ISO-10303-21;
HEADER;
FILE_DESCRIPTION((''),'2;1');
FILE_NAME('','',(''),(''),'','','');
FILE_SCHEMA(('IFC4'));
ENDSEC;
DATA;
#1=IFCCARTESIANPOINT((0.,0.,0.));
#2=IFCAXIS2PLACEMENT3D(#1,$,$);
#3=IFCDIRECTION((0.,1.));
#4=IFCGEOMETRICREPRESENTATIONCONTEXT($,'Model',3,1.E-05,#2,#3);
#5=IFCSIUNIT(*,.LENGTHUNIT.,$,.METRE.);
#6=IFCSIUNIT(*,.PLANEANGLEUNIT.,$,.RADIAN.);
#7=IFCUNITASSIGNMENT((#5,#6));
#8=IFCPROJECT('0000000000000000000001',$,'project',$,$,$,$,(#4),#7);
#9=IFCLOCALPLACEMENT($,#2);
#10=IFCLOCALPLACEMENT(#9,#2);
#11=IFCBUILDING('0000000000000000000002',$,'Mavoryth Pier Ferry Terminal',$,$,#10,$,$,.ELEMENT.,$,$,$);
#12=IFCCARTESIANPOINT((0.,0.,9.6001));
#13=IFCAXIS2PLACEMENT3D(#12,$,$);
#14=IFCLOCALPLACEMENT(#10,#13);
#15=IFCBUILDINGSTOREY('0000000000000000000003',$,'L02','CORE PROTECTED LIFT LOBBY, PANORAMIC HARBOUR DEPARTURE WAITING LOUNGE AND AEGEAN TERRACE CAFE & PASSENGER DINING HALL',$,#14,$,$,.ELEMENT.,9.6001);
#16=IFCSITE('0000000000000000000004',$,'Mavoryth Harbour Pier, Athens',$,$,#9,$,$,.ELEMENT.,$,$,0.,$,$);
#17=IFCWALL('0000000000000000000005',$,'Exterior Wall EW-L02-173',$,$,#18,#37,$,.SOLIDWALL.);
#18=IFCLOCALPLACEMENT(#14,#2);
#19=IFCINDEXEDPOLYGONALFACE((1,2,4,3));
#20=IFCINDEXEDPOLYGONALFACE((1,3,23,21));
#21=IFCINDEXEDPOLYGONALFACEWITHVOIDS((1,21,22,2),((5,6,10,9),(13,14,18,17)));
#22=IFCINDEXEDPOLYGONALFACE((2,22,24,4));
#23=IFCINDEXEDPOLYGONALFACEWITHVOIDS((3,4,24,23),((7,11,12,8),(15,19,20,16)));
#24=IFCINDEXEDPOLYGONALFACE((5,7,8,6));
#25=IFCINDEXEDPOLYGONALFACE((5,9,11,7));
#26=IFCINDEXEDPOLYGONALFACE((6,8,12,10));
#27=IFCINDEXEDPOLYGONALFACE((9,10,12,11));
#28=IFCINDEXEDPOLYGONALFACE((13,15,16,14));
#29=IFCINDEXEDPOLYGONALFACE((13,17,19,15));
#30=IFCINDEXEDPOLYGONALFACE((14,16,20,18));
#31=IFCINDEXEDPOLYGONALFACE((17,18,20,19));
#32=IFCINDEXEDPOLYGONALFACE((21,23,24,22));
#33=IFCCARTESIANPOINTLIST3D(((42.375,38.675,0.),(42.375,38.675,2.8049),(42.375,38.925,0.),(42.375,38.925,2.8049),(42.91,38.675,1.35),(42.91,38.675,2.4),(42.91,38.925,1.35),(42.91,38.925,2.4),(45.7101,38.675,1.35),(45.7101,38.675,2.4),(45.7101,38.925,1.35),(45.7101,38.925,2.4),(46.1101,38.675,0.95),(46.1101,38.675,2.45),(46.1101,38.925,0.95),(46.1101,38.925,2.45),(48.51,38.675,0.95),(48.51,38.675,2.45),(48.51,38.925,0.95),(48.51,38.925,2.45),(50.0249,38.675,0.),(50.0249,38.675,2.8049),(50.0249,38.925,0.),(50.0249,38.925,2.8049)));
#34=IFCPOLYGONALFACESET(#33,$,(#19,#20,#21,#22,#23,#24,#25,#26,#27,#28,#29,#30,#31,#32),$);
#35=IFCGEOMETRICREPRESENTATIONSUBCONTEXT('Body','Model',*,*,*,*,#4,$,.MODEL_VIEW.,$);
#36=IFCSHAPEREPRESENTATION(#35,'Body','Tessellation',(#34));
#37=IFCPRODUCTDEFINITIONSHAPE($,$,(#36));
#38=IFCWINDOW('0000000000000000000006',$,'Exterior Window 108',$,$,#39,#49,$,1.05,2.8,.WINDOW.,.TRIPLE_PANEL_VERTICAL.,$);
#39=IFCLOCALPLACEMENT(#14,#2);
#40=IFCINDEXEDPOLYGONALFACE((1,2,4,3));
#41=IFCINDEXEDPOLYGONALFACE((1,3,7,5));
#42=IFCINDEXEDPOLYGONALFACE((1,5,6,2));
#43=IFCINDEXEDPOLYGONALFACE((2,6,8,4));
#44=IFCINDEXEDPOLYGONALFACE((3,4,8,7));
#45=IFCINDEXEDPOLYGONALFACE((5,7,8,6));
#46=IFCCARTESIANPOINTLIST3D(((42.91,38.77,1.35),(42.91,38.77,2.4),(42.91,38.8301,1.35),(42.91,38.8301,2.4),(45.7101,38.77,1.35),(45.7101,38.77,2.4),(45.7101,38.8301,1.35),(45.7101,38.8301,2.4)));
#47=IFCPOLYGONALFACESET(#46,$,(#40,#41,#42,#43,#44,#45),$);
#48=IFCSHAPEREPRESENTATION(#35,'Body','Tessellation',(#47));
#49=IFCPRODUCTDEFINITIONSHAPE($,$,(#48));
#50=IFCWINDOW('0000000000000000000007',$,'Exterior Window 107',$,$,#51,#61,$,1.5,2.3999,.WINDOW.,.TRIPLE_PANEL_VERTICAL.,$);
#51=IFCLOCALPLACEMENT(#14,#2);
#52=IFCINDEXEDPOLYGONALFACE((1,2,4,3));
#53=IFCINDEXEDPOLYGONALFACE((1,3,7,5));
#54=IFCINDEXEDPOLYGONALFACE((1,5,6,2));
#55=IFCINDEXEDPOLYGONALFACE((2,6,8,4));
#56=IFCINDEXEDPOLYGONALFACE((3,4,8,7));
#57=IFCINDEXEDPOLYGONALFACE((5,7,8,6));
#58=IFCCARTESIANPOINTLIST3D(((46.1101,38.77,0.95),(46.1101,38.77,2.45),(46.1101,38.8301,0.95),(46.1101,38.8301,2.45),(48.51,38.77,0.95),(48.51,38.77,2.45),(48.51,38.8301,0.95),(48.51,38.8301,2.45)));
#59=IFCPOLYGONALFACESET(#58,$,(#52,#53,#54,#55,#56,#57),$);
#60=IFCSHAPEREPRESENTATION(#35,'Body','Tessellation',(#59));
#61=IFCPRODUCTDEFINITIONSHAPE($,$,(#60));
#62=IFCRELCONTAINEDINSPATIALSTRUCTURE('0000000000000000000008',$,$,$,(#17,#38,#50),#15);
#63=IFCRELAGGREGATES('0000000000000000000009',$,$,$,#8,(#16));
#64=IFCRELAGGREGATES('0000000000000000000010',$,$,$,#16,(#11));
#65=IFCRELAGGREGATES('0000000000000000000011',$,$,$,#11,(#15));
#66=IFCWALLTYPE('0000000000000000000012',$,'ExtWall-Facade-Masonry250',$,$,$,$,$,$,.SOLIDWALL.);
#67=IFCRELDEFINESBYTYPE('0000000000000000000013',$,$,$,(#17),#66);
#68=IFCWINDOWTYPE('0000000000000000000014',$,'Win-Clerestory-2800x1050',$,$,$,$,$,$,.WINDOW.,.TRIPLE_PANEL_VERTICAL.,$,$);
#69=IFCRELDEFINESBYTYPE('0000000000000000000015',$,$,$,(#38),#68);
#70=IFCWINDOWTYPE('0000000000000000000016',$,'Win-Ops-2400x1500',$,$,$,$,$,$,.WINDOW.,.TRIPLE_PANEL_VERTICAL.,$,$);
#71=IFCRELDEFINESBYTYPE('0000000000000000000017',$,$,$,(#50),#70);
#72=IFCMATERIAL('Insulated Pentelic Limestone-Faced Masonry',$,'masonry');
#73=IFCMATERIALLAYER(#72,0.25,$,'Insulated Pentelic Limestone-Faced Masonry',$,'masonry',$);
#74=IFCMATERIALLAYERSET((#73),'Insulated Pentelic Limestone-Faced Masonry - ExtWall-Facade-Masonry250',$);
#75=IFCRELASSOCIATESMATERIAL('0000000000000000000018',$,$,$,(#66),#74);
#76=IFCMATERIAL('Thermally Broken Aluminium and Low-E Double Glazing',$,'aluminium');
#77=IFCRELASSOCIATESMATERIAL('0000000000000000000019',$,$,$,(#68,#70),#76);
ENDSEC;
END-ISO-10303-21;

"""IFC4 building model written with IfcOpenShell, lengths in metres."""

from ifc_helpers import new_model, si_unit, direction, frame, frame_2d, origin, place, context, subcontext, project, spatial, rectangle, extrude, material, layer, layer_set, type_object, element, fill, save


model = new_model("IFC4")

# Units and contexts
model_context = context("Model", 3, precision=1e-05, world=origin(), true_north=direction((0.0, 1.0)))
body_context = subcontext(model_context, "Body", "Model", "MODEL_VIEW")
ifc_project = project(units=[si_unit("LENGTHUNIT", "METRE"), si_unit("PLANEANGLEUNIT", "RADIAN")], contexts=[model_context])

# Site, building, storey
site_placement = place(None, origin())
site = spatial("IfcSite", under=ifc_project, at=site_placement, Name="Mavoryth Harbour Pier, Athens", CompositionType="ELEMENT", RefElevation=0.0)
building_placement = place(site_placement, origin())
building = spatial("IfcBuilding", under=site, at=building_placement, Name="Mavoryth Pier Ferry Terminal", CompositionType="ELEMENT")
storey_placement = place(building_placement, frame((0.0, 0.0, 9.6001)))
storey = spatial("IfcBuildingStorey", under=building, at=storey_placement, Name="L02", Description="CORE PROTECTED LIFT LOBBY, PANORAMIC HARBOUR DEPARTURE WAITING LOUNGE AND AEGEAN TERRACE CAFE & PASSENGER DINING HALL", CompositionType="ELEMENT", Elevation=9.6001)

# Wall, openings, windows
ifc_material_1 = material(Name="Insulated Pentelic Limestone-Faced Masonry", Category="masonry")
ifc_layer_1 = layer(ifc_material_1, 0.25, Name="Insulated Pentelic Limestone-Faced Masonry", Category="masonry")
ifc_layer_set_1 = layer_set([ifc_layer_1], Name="Insulated Pentelic Limestone-Faced Masonry - ExtWall-Facade-Masonry250")
wall_type = type_object("IfcWallType", Name="ExtWall-Facade-Masonry250", PredefinedType="SOLIDWALL", material=ifc_layer_set_1)
ifc_material_2 = material(Name="Thermally Broken Aluminium and Low-E Double Glazing", Category="aluminium")
wall_1_placement = place(storey_placement, frame((50.0249, 38.8, 0.0), z_axis=(0.0, 0.0, 1.0), x_axis=(-1.0, 0.0, 0.0)))
wall_1 = element("IfcWall", 1, at=wall_1_placement, inside=storey, type_object=wall_type, Name="Exterior Wall EW-L02-173", PredefinedType="SOLIDWALL", context=body_context, shape_type="SweptSolid", body=[
    extrude(rectangle(XDim=7.6499, YDim=0.25, at=frame_2d((3.825, 0.0))), origin(), (0.0, 0.0, 1.0), 2.8049),
])
opening_1_placement = place(wall_1_placement, frame((1.5149, 0.0, 0.95)))
opening_1 = element("IfcOpeningElement", 2, at=opening_1_placement, cuts=wall_1, PredefinedType="OPENING", context=body_context, shape_type="SweptSolid", body=[
    extrude(rectangle(XDim=2.3999, YDim=1.5, at=frame_2d((1.2, 0.75))), frame((0.0, 0.135, 0.0), z_axis=(0.0, -1.0, 0.0), x_axis=(1.0, 0.0, 0.0)), (0.0, 0.0, 1.0), 0.27),
])
opening_2_placement = place(wall_1_placement, frame((4.3149, 0.0, 1.3501)))
opening_2 = element("IfcOpeningElement", 3, at=opening_2_placement, cuts=wall_1, PredefinedType="OPENING", context=body_context, shape_type="SweptSolid", body=[
    extrude(rectangle(XDim=2.8, YDim=1.05, at=frame_2d((1.3999, 0.5249))), frame((0.0, 0.135, 0.0), z_axis=(0.0, -1.0, 0.0), x_axis=(1.0, 0.0, 0.0)), (0.0, 0.0, 1.0), 0.27),
])
window_type_1 = type_object("IfcWindowType", Name="Win-Clerestory-2800x1050", PartitioningType="TRIPLE_PANEL_VERTICAL", PredefinedType="WINDOW", material=ifc_material_2)
window_1_placement = place(opening_2_placement, origin())
window_1 = element("IfcWindow", 4, at=window_1_placement, inside=storey, type_object=window_type_1, Name="Exterior Window 108", OverallHeight=1.05, OverallWidth=2.8, PartitioningType="TRIPLE_PANEL_VERTICAL", PredefinedType="WINDOW", context=body_context, shape_type="SweptSolid", body=[
    extrude(rectangle(XDim=2.8, YDim=1.05, at=frame_2d((1.3999, 0.5249))), frame((0.0, 0.03, 0.0), z_axis=(0.0, -1.0, 0.0), x_axis=(1.0, 0.0, 0.0)), (0.0, 0.0, 1.0), 0.0601),
])
fill(opening_2, window_1)
window_type_2 = type_object("IfcWindowType", Name="Win-Ops-2400x1500", PartitioningType="TRIPLE_PANEL_VERTICAL", PredefinedType="WINDOW", material=ifc_material_2)
window_2_placement = place(opening_1_placement, origin())
window_2 = element("IfcWindow", 5, at=window_2_placement, inside=storey, type_object=window_type_2, Name="Exterior Window 107", OverallHeight=1.5, OverallWidth=2.3999, PartitioningType="TRIPLE_PANEL_VERTICAL", PredefinedType="WINDOW", context=body_context, shape_type="SweptSolid", body=[
    extrude(rectangle(XDim=2.3999, YDim=1.5, at=frame_2d((1.2, 0.75))), frame((0.0, 0.03, 0.0), z_axis=(0.0, -1.0, 0.0), x_axis=(1.0, 0.0, 0.0)), (0.0, 0.0, 1.0), 0.0601),
])
fill(opening_1, window_2)

save(model, "model.ifc")
